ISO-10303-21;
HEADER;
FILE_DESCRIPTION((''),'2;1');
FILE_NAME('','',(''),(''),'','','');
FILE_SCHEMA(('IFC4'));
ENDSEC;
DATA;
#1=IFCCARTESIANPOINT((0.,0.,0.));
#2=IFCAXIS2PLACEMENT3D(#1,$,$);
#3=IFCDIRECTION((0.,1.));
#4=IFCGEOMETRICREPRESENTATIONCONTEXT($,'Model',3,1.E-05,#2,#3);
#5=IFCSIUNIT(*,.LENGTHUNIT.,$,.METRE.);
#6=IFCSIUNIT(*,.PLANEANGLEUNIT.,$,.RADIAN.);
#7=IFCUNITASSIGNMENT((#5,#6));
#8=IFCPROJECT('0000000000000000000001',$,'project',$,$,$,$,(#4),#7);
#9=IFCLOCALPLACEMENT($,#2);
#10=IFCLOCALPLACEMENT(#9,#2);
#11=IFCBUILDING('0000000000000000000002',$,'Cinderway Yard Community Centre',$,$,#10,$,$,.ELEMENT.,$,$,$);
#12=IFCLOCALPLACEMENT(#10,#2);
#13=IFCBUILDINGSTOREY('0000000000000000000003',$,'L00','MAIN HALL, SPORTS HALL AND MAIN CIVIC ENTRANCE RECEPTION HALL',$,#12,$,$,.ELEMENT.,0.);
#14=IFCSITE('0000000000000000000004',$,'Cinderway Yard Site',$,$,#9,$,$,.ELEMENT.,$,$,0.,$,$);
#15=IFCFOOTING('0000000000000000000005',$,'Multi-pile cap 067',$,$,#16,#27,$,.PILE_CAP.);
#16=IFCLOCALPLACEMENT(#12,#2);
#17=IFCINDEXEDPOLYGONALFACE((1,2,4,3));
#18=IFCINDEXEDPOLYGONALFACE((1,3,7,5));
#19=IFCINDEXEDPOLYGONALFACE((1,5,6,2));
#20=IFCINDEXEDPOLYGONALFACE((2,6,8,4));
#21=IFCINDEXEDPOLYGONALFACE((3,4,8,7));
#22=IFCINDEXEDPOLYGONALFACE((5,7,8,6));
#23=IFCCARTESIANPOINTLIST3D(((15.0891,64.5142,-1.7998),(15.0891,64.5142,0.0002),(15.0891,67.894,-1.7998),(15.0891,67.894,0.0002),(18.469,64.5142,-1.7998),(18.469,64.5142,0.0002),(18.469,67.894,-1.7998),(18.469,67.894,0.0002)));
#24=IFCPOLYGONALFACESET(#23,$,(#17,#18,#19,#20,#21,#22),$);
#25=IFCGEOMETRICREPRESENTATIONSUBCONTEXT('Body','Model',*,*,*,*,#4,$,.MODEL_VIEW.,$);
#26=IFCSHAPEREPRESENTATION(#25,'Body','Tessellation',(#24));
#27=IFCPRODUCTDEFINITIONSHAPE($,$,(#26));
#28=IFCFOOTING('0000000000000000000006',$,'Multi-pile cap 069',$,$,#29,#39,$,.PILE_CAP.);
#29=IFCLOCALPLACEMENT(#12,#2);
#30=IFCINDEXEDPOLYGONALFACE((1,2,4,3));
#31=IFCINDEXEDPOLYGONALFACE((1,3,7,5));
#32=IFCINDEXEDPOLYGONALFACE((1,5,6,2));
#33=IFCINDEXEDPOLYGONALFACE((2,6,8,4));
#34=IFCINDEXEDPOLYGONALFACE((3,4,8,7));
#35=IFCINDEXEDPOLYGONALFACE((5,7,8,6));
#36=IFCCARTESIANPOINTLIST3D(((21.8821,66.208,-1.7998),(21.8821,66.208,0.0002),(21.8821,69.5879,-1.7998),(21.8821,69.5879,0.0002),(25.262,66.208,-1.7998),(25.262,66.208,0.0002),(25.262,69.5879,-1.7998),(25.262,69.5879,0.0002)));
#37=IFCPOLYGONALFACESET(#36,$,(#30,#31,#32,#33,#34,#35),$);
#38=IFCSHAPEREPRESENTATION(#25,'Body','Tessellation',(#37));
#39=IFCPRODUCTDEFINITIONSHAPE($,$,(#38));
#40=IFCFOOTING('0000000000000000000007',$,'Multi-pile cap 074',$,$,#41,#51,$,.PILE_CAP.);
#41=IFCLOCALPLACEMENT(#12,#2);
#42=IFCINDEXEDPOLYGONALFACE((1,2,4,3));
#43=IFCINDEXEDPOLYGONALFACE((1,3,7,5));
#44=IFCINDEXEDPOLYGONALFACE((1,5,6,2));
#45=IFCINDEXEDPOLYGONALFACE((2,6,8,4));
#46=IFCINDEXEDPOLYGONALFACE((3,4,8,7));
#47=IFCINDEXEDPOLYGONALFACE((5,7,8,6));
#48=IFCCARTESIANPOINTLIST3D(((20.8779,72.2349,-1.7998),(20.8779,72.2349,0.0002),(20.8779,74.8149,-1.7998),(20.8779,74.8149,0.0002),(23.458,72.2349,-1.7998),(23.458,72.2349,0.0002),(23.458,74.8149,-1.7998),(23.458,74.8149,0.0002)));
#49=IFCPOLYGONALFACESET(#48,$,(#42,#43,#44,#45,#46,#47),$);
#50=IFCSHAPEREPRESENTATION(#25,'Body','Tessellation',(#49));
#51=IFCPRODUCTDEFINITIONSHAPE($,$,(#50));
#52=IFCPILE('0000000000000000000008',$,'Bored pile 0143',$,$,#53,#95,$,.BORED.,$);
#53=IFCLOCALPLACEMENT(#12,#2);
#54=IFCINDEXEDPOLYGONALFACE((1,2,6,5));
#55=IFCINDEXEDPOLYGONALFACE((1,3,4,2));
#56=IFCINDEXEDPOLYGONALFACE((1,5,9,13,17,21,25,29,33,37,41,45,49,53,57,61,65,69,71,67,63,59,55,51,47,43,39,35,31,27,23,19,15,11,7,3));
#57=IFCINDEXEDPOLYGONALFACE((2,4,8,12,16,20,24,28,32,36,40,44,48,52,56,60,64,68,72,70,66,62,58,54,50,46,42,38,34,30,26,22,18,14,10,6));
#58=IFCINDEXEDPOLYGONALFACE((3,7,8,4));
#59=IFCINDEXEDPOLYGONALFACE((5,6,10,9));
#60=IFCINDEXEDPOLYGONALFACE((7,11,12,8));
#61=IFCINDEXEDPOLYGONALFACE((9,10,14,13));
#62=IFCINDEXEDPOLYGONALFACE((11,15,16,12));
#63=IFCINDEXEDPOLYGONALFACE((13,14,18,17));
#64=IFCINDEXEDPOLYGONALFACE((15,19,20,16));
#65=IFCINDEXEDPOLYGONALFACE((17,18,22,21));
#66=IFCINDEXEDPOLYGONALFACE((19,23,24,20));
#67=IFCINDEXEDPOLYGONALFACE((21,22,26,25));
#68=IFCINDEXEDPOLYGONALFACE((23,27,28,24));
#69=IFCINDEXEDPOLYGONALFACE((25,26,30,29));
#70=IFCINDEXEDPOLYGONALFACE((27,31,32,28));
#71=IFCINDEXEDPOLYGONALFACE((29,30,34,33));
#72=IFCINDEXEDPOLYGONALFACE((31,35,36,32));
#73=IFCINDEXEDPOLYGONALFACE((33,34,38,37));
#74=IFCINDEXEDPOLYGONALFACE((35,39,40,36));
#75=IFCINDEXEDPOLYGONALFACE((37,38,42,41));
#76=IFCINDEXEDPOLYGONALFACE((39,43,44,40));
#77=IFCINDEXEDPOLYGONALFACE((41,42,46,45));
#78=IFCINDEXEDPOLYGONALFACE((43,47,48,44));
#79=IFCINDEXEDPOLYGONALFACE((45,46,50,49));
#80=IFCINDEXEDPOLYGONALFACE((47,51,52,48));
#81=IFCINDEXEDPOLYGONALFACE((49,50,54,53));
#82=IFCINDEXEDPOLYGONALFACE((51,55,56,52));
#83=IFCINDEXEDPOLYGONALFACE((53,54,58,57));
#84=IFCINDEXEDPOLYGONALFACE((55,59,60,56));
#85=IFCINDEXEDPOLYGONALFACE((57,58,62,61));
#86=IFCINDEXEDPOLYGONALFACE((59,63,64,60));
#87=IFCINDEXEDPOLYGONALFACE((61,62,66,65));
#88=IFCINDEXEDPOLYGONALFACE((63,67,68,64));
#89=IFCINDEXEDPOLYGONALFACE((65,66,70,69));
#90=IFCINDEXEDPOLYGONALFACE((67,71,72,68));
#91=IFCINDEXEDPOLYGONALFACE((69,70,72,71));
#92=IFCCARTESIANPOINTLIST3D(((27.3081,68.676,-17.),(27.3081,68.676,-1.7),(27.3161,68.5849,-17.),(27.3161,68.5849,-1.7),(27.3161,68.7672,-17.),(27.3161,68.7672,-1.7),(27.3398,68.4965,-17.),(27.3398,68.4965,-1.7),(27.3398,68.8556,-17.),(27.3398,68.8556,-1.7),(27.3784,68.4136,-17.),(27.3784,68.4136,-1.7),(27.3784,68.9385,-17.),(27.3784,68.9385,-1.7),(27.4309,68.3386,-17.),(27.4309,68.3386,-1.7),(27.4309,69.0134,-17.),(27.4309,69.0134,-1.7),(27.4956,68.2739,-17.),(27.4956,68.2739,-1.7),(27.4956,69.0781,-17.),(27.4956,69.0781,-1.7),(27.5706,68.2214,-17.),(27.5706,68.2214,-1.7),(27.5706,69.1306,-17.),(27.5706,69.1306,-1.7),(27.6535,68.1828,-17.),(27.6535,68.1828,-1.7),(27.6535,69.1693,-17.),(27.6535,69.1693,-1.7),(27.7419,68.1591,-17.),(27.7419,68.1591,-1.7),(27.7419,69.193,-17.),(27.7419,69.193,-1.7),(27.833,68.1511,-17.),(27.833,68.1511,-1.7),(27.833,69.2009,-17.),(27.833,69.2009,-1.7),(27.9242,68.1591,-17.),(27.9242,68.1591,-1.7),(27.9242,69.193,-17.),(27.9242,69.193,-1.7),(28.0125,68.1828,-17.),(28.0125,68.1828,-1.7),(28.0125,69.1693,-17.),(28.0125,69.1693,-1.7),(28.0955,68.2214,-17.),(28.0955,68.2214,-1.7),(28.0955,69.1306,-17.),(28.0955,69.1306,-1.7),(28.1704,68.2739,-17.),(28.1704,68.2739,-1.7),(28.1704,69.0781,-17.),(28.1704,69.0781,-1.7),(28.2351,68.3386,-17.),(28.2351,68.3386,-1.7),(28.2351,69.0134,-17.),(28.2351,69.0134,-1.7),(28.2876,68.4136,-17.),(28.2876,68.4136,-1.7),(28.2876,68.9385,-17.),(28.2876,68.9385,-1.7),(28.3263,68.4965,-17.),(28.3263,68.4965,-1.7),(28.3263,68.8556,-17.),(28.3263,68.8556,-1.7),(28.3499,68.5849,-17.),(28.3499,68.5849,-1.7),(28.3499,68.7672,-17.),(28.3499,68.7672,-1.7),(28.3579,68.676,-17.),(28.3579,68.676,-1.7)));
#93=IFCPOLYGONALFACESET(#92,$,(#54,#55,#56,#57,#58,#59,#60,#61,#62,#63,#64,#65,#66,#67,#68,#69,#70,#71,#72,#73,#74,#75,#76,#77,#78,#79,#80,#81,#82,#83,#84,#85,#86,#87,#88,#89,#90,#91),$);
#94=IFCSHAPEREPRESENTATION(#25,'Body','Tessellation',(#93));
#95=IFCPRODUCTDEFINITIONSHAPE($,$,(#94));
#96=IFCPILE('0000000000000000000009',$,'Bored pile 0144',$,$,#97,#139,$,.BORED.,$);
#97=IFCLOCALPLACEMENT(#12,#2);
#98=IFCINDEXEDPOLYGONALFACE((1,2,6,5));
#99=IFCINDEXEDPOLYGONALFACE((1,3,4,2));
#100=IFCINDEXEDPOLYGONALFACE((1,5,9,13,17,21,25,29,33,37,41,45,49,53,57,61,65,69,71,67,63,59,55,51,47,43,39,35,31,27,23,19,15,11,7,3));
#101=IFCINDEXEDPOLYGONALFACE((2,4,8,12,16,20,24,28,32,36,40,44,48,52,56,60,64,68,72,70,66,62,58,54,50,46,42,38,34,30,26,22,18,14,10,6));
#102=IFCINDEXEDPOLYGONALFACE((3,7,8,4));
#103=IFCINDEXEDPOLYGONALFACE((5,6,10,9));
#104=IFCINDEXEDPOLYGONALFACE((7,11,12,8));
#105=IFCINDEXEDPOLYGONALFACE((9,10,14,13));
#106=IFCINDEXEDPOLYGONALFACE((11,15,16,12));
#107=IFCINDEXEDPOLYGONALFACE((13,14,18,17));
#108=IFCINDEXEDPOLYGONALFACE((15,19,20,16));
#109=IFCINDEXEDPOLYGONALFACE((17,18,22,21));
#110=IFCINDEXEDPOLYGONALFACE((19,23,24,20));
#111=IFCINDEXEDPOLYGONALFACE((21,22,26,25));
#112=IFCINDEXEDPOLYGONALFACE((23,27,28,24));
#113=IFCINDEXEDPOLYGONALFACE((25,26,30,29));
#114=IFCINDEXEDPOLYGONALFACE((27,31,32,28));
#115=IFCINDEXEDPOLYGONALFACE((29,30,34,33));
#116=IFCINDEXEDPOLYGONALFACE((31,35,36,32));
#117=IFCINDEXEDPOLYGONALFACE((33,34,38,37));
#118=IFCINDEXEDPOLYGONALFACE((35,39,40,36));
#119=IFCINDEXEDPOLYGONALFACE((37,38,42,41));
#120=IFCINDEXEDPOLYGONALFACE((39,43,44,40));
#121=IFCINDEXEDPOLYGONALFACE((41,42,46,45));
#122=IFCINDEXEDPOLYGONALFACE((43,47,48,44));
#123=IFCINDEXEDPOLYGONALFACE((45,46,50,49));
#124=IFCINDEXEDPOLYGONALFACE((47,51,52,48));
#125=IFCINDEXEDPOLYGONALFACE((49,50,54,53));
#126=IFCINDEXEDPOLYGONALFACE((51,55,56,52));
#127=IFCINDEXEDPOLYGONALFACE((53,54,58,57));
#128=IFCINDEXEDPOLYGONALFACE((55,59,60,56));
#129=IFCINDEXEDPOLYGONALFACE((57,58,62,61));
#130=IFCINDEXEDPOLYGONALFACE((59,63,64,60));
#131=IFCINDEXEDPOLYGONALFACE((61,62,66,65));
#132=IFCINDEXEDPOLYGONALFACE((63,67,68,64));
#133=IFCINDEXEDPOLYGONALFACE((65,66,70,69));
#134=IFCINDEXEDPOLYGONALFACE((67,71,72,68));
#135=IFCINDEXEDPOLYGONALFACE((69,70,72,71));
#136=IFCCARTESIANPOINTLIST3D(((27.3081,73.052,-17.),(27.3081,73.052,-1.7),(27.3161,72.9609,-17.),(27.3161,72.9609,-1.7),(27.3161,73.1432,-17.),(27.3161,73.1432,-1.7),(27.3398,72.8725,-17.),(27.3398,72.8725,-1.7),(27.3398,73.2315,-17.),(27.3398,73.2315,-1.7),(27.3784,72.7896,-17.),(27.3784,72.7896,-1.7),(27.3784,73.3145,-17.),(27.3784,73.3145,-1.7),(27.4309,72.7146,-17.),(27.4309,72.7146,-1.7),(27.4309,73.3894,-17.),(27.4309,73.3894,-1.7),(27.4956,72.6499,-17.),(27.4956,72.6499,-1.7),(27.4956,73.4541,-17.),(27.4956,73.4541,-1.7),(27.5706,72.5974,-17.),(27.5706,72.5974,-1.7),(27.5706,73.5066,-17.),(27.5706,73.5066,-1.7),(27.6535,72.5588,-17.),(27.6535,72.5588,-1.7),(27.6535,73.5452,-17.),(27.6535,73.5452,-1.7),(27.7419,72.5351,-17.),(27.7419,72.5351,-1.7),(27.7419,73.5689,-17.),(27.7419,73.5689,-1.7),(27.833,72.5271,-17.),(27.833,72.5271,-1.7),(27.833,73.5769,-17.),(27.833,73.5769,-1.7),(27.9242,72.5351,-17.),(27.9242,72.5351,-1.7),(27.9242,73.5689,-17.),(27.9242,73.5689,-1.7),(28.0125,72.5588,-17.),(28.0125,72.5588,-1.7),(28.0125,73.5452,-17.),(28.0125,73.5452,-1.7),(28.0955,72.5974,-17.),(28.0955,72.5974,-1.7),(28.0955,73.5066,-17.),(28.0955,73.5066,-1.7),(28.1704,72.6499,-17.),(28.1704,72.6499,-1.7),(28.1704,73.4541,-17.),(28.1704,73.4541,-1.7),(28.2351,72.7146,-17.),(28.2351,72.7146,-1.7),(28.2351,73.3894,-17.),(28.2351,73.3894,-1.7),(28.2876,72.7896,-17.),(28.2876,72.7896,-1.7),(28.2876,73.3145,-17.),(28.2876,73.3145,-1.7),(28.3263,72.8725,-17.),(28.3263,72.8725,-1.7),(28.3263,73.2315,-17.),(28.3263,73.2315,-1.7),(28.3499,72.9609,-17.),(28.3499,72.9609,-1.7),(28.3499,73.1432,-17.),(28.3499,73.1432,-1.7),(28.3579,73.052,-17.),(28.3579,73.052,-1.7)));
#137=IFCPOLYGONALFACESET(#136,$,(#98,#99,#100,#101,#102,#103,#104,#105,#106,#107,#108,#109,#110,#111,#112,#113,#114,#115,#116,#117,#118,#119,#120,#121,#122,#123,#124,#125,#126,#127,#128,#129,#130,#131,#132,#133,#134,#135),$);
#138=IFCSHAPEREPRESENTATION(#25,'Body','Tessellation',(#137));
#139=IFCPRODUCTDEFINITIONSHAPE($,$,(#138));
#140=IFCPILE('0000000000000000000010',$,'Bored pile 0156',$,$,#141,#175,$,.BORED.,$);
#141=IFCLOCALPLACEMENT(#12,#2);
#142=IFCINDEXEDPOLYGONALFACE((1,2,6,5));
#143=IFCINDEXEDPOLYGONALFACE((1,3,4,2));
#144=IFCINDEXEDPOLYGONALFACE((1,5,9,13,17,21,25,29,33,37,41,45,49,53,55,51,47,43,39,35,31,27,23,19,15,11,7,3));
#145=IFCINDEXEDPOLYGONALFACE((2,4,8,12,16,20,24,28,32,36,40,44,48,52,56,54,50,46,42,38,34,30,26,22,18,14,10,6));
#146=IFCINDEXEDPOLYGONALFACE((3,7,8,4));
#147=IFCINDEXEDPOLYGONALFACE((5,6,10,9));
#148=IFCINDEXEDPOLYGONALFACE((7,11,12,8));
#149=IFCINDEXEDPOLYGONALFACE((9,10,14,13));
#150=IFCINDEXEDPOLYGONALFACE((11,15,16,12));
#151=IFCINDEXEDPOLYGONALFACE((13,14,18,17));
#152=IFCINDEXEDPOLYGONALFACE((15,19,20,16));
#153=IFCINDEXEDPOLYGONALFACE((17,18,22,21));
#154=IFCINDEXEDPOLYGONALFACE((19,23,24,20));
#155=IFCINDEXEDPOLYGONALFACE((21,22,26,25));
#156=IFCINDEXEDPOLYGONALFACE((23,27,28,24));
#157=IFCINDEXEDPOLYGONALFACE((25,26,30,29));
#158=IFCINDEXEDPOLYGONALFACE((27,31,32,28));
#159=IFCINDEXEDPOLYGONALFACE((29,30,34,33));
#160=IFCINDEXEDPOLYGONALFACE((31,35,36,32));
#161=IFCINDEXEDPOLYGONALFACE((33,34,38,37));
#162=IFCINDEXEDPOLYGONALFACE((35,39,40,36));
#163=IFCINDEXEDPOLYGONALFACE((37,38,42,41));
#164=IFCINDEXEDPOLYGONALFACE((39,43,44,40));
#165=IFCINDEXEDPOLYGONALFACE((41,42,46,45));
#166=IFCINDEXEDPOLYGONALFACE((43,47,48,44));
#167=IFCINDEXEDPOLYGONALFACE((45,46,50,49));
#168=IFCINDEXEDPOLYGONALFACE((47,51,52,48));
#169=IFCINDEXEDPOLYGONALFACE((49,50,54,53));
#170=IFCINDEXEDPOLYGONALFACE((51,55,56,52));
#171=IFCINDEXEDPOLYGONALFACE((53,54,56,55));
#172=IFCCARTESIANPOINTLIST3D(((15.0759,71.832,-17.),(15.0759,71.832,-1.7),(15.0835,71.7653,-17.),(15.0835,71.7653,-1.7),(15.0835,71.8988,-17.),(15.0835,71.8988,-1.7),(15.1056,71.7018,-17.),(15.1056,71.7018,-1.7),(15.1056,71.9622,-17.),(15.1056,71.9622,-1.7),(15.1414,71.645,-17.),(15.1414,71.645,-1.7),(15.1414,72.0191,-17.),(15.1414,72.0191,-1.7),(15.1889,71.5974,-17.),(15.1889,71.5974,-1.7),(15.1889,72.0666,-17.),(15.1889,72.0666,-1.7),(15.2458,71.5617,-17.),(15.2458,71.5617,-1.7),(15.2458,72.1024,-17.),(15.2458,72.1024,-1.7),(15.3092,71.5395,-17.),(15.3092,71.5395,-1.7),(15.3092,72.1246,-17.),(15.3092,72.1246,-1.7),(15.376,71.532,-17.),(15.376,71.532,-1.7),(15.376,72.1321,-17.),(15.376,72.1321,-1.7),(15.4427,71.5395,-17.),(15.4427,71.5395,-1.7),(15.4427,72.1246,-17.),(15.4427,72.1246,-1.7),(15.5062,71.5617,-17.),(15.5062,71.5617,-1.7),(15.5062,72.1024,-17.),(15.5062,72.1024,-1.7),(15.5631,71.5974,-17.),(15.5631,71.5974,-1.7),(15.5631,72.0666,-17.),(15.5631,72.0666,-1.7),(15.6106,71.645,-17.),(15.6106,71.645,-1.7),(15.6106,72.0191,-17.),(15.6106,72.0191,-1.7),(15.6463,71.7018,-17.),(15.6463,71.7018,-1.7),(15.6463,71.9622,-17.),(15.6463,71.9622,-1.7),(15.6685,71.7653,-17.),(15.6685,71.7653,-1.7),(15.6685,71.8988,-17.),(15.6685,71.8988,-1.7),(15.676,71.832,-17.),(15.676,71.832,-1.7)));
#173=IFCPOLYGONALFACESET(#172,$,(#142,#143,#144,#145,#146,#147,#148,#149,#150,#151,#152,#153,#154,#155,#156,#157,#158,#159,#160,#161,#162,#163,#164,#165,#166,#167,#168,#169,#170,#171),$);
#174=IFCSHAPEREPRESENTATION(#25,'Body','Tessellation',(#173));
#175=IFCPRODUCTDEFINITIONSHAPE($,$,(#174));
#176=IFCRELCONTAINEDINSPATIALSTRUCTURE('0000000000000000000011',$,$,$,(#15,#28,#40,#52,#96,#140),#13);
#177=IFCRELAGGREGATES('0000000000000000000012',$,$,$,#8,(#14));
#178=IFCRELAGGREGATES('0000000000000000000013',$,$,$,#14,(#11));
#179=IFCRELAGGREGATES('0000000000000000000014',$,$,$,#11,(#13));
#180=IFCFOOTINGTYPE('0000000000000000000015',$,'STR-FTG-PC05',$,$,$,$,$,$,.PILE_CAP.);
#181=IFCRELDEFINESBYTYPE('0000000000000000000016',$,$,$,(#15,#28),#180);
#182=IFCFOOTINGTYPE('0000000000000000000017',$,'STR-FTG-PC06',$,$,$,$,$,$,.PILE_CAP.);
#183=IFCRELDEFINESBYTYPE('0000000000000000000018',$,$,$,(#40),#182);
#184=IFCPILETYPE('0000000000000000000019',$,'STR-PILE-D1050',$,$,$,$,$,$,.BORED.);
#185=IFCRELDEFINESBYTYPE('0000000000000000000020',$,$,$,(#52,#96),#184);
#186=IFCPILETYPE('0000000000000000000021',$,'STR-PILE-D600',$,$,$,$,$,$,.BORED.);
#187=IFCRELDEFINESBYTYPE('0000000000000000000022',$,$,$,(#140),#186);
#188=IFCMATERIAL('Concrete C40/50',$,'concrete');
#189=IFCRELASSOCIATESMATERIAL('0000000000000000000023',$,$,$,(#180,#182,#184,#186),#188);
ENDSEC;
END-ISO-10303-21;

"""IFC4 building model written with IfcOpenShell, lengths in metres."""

from ifc_helpers import new_model, si_unit, direction, frame, origin, origin_2d, place, context, subcontext, project, spatial, rectangle, circle, extrude, material, material_profile, profile_set, type_object, element, save


model = new_model("IFC4")

# Units and contexts
model_context = context("Model", 3, precision=1e-05, world=origin(), true_north=direction((0.0, 1.0)))
body_context = subcontext(model_context, "Body", "Model", "MODEL_VIEW")
ifc_project = project(units=[si_unit("LENGTHUNIT", "METRE"), si_unit("PLANEANGLEUNIT", "RADIAN")], contexts=[model_context])

# Site, building, storey
site_placement = place(None, origin())
site = spatial("IfcSite", under=ifc_project, at=site_placement, Name="Cinderway Yard Site", CompositionType="ELEMENT", RefElevation=0.0)
building_placement = place(site_placement, origin())
building = spatial("IfcBuilding", under=site, at=building_placement, Name="Cinderway Yard Community Centre", CompositionType="ELEMENT")
storey_placement = place(building_placement, origin())
storey = spatial("IfcBuildingStorey", under=building, at=storey_placement, Name="L00", Description="MAIN HALL, SPORTS HALL AND MAIN CIVIC ENTRANCE RECEPTION HALL", CompositionType="ELEMENT", Elevation=0.0)

# Footings
ifc_material_1 = material(Name="Concrete C40/50", Category="concrete")
footing_type_1 = type_object("IfcFootingType", Name="STR-FTG-PC05", PredefinedType="PILE_CAP", material=ifc_material_1)
for number, where, z_axis, x_axis, name in (
    (1, (16.7791, 66.2041, -1.7998), (0.0, 0.0, 1.0), (1.0, 0.0, 0.0), "Multi-pile cap 067"),
    (2, (23.572, 67.8979, -1.7998), (0.0, 0.0, 1.0), (1.0, 0.0, 0.0), "Multi-pile cap 069"),
):
    element("IfcFooting", number, at=place(storey_placement, frame(where, z_axis=z_axis, x_axis=x_axis)), inside=storey, type_object=footing_type_1, Name=name, PredefinedType="PILE_CAP", context=body_context, shape_type="SweptSolid", body=[
        extrude(rectangle(XDim=3.3799, YDim=3.3799, at=origin_2d()), origin(), (0.0, 0.0, 1.0), 1.8),
    ])
footing_type_2 = type_object("IfcFootingType", Name="STR-FTG-PC06", PredefinedType="PILE_CAP", material=ifc_material_1)
footing_placement = place(storey_placement, frame((22.168, 73.5249, -1.7998), z_axis=(0.0, 0.0, 1.0), x_axis=(1.0, 0.0, 0.0)))
element("IfcFooting", 3, at=footing_placement, inside=storey, type_object=footing_type_2, Name="Multi-pile cap 074", PredefinedType="PILE_CAP", context=body_context, shape_type="SweptSolid", body=[
    extrude(rectangle(XDim=2.5801, YDim=2.5801, at=origin_2d()), origin(), (0.0, 0.0, 1.0), 1.8),
])

# Piles
ifc_material_profile_1 = material_profile(ifc_material_1, circle(Radius=0.5249, at=origin_2d()), Name="Concrete C40/50")
ifc_profile_set_1 = profile_set([ifc_material_profile_1], Name="Concrete C40/50")
pile_type_1 = type_object("IfcPileType", Name="STR-PILE-D1050", PredefinedType="BORED", material=ifc_profile_set_1)
for number, where, z_axis, x_axis, name in (
    (4, (27.833, 68.676, -1.7), (0.0, 0.0, -1.0), (1.0, 0.0, 0.0), "Bored pile 0143"),
    (5, (27.833, 73.052, -1.7), (0.0, 0.0, -1.0), (1.0, 0.0, 0.0), "Bored pile 0144"),
):
    element("IfcPile", number, at=place(storey_placement, frame(where, z_axis=z_axis, x_axis=x_axis)), inside=storey, type_object=pile_type_1, Name=name, PredefinedType="BORED", context=body_context, shape_type="SweptSolid", body=[
        extrude(circle(Radius=0.5249, at=origin_2d()), origin(), (0.0, 0.0, 1.0), 15.3),
    ])
ifc_material_profile_2 = material_profile(ifc_material_1, circle(Radius=0.3, at=origin_2d()), Name="Concrete C40/50")
ifc_profile_set_2 = profile_set([ifc_material_profile_2], Name="Concrete C40/50")
pile_type_2 = type_object("IfcPileType", Name="STR-PILE-D600", PredefinedType="BORED", material=ifc_profile_set_2)
for number, where, z_axis, x_axis, name in (
    (6, (15.376, 71.832, -1.7), (0.0, 0.0, -1.0), (1.0, 0.0, 0.0), "Bored pile 0156"),
):
    element("IfcPile", number, at=place(storey_placement, frame(where, z_axis=z_axis, x_axis=x_axis)), inside=storey, type_object=pile_type_2, Name=name, PredefinedType="BORED", context=body_context, shape_type="SweptSolid", body=[
        extrude(circle(Radius=0.3, at=origin_2d()), origin(), (0.0, 0.0, 1.0), 15.3),
    ])

save(model, "model.ifc")
